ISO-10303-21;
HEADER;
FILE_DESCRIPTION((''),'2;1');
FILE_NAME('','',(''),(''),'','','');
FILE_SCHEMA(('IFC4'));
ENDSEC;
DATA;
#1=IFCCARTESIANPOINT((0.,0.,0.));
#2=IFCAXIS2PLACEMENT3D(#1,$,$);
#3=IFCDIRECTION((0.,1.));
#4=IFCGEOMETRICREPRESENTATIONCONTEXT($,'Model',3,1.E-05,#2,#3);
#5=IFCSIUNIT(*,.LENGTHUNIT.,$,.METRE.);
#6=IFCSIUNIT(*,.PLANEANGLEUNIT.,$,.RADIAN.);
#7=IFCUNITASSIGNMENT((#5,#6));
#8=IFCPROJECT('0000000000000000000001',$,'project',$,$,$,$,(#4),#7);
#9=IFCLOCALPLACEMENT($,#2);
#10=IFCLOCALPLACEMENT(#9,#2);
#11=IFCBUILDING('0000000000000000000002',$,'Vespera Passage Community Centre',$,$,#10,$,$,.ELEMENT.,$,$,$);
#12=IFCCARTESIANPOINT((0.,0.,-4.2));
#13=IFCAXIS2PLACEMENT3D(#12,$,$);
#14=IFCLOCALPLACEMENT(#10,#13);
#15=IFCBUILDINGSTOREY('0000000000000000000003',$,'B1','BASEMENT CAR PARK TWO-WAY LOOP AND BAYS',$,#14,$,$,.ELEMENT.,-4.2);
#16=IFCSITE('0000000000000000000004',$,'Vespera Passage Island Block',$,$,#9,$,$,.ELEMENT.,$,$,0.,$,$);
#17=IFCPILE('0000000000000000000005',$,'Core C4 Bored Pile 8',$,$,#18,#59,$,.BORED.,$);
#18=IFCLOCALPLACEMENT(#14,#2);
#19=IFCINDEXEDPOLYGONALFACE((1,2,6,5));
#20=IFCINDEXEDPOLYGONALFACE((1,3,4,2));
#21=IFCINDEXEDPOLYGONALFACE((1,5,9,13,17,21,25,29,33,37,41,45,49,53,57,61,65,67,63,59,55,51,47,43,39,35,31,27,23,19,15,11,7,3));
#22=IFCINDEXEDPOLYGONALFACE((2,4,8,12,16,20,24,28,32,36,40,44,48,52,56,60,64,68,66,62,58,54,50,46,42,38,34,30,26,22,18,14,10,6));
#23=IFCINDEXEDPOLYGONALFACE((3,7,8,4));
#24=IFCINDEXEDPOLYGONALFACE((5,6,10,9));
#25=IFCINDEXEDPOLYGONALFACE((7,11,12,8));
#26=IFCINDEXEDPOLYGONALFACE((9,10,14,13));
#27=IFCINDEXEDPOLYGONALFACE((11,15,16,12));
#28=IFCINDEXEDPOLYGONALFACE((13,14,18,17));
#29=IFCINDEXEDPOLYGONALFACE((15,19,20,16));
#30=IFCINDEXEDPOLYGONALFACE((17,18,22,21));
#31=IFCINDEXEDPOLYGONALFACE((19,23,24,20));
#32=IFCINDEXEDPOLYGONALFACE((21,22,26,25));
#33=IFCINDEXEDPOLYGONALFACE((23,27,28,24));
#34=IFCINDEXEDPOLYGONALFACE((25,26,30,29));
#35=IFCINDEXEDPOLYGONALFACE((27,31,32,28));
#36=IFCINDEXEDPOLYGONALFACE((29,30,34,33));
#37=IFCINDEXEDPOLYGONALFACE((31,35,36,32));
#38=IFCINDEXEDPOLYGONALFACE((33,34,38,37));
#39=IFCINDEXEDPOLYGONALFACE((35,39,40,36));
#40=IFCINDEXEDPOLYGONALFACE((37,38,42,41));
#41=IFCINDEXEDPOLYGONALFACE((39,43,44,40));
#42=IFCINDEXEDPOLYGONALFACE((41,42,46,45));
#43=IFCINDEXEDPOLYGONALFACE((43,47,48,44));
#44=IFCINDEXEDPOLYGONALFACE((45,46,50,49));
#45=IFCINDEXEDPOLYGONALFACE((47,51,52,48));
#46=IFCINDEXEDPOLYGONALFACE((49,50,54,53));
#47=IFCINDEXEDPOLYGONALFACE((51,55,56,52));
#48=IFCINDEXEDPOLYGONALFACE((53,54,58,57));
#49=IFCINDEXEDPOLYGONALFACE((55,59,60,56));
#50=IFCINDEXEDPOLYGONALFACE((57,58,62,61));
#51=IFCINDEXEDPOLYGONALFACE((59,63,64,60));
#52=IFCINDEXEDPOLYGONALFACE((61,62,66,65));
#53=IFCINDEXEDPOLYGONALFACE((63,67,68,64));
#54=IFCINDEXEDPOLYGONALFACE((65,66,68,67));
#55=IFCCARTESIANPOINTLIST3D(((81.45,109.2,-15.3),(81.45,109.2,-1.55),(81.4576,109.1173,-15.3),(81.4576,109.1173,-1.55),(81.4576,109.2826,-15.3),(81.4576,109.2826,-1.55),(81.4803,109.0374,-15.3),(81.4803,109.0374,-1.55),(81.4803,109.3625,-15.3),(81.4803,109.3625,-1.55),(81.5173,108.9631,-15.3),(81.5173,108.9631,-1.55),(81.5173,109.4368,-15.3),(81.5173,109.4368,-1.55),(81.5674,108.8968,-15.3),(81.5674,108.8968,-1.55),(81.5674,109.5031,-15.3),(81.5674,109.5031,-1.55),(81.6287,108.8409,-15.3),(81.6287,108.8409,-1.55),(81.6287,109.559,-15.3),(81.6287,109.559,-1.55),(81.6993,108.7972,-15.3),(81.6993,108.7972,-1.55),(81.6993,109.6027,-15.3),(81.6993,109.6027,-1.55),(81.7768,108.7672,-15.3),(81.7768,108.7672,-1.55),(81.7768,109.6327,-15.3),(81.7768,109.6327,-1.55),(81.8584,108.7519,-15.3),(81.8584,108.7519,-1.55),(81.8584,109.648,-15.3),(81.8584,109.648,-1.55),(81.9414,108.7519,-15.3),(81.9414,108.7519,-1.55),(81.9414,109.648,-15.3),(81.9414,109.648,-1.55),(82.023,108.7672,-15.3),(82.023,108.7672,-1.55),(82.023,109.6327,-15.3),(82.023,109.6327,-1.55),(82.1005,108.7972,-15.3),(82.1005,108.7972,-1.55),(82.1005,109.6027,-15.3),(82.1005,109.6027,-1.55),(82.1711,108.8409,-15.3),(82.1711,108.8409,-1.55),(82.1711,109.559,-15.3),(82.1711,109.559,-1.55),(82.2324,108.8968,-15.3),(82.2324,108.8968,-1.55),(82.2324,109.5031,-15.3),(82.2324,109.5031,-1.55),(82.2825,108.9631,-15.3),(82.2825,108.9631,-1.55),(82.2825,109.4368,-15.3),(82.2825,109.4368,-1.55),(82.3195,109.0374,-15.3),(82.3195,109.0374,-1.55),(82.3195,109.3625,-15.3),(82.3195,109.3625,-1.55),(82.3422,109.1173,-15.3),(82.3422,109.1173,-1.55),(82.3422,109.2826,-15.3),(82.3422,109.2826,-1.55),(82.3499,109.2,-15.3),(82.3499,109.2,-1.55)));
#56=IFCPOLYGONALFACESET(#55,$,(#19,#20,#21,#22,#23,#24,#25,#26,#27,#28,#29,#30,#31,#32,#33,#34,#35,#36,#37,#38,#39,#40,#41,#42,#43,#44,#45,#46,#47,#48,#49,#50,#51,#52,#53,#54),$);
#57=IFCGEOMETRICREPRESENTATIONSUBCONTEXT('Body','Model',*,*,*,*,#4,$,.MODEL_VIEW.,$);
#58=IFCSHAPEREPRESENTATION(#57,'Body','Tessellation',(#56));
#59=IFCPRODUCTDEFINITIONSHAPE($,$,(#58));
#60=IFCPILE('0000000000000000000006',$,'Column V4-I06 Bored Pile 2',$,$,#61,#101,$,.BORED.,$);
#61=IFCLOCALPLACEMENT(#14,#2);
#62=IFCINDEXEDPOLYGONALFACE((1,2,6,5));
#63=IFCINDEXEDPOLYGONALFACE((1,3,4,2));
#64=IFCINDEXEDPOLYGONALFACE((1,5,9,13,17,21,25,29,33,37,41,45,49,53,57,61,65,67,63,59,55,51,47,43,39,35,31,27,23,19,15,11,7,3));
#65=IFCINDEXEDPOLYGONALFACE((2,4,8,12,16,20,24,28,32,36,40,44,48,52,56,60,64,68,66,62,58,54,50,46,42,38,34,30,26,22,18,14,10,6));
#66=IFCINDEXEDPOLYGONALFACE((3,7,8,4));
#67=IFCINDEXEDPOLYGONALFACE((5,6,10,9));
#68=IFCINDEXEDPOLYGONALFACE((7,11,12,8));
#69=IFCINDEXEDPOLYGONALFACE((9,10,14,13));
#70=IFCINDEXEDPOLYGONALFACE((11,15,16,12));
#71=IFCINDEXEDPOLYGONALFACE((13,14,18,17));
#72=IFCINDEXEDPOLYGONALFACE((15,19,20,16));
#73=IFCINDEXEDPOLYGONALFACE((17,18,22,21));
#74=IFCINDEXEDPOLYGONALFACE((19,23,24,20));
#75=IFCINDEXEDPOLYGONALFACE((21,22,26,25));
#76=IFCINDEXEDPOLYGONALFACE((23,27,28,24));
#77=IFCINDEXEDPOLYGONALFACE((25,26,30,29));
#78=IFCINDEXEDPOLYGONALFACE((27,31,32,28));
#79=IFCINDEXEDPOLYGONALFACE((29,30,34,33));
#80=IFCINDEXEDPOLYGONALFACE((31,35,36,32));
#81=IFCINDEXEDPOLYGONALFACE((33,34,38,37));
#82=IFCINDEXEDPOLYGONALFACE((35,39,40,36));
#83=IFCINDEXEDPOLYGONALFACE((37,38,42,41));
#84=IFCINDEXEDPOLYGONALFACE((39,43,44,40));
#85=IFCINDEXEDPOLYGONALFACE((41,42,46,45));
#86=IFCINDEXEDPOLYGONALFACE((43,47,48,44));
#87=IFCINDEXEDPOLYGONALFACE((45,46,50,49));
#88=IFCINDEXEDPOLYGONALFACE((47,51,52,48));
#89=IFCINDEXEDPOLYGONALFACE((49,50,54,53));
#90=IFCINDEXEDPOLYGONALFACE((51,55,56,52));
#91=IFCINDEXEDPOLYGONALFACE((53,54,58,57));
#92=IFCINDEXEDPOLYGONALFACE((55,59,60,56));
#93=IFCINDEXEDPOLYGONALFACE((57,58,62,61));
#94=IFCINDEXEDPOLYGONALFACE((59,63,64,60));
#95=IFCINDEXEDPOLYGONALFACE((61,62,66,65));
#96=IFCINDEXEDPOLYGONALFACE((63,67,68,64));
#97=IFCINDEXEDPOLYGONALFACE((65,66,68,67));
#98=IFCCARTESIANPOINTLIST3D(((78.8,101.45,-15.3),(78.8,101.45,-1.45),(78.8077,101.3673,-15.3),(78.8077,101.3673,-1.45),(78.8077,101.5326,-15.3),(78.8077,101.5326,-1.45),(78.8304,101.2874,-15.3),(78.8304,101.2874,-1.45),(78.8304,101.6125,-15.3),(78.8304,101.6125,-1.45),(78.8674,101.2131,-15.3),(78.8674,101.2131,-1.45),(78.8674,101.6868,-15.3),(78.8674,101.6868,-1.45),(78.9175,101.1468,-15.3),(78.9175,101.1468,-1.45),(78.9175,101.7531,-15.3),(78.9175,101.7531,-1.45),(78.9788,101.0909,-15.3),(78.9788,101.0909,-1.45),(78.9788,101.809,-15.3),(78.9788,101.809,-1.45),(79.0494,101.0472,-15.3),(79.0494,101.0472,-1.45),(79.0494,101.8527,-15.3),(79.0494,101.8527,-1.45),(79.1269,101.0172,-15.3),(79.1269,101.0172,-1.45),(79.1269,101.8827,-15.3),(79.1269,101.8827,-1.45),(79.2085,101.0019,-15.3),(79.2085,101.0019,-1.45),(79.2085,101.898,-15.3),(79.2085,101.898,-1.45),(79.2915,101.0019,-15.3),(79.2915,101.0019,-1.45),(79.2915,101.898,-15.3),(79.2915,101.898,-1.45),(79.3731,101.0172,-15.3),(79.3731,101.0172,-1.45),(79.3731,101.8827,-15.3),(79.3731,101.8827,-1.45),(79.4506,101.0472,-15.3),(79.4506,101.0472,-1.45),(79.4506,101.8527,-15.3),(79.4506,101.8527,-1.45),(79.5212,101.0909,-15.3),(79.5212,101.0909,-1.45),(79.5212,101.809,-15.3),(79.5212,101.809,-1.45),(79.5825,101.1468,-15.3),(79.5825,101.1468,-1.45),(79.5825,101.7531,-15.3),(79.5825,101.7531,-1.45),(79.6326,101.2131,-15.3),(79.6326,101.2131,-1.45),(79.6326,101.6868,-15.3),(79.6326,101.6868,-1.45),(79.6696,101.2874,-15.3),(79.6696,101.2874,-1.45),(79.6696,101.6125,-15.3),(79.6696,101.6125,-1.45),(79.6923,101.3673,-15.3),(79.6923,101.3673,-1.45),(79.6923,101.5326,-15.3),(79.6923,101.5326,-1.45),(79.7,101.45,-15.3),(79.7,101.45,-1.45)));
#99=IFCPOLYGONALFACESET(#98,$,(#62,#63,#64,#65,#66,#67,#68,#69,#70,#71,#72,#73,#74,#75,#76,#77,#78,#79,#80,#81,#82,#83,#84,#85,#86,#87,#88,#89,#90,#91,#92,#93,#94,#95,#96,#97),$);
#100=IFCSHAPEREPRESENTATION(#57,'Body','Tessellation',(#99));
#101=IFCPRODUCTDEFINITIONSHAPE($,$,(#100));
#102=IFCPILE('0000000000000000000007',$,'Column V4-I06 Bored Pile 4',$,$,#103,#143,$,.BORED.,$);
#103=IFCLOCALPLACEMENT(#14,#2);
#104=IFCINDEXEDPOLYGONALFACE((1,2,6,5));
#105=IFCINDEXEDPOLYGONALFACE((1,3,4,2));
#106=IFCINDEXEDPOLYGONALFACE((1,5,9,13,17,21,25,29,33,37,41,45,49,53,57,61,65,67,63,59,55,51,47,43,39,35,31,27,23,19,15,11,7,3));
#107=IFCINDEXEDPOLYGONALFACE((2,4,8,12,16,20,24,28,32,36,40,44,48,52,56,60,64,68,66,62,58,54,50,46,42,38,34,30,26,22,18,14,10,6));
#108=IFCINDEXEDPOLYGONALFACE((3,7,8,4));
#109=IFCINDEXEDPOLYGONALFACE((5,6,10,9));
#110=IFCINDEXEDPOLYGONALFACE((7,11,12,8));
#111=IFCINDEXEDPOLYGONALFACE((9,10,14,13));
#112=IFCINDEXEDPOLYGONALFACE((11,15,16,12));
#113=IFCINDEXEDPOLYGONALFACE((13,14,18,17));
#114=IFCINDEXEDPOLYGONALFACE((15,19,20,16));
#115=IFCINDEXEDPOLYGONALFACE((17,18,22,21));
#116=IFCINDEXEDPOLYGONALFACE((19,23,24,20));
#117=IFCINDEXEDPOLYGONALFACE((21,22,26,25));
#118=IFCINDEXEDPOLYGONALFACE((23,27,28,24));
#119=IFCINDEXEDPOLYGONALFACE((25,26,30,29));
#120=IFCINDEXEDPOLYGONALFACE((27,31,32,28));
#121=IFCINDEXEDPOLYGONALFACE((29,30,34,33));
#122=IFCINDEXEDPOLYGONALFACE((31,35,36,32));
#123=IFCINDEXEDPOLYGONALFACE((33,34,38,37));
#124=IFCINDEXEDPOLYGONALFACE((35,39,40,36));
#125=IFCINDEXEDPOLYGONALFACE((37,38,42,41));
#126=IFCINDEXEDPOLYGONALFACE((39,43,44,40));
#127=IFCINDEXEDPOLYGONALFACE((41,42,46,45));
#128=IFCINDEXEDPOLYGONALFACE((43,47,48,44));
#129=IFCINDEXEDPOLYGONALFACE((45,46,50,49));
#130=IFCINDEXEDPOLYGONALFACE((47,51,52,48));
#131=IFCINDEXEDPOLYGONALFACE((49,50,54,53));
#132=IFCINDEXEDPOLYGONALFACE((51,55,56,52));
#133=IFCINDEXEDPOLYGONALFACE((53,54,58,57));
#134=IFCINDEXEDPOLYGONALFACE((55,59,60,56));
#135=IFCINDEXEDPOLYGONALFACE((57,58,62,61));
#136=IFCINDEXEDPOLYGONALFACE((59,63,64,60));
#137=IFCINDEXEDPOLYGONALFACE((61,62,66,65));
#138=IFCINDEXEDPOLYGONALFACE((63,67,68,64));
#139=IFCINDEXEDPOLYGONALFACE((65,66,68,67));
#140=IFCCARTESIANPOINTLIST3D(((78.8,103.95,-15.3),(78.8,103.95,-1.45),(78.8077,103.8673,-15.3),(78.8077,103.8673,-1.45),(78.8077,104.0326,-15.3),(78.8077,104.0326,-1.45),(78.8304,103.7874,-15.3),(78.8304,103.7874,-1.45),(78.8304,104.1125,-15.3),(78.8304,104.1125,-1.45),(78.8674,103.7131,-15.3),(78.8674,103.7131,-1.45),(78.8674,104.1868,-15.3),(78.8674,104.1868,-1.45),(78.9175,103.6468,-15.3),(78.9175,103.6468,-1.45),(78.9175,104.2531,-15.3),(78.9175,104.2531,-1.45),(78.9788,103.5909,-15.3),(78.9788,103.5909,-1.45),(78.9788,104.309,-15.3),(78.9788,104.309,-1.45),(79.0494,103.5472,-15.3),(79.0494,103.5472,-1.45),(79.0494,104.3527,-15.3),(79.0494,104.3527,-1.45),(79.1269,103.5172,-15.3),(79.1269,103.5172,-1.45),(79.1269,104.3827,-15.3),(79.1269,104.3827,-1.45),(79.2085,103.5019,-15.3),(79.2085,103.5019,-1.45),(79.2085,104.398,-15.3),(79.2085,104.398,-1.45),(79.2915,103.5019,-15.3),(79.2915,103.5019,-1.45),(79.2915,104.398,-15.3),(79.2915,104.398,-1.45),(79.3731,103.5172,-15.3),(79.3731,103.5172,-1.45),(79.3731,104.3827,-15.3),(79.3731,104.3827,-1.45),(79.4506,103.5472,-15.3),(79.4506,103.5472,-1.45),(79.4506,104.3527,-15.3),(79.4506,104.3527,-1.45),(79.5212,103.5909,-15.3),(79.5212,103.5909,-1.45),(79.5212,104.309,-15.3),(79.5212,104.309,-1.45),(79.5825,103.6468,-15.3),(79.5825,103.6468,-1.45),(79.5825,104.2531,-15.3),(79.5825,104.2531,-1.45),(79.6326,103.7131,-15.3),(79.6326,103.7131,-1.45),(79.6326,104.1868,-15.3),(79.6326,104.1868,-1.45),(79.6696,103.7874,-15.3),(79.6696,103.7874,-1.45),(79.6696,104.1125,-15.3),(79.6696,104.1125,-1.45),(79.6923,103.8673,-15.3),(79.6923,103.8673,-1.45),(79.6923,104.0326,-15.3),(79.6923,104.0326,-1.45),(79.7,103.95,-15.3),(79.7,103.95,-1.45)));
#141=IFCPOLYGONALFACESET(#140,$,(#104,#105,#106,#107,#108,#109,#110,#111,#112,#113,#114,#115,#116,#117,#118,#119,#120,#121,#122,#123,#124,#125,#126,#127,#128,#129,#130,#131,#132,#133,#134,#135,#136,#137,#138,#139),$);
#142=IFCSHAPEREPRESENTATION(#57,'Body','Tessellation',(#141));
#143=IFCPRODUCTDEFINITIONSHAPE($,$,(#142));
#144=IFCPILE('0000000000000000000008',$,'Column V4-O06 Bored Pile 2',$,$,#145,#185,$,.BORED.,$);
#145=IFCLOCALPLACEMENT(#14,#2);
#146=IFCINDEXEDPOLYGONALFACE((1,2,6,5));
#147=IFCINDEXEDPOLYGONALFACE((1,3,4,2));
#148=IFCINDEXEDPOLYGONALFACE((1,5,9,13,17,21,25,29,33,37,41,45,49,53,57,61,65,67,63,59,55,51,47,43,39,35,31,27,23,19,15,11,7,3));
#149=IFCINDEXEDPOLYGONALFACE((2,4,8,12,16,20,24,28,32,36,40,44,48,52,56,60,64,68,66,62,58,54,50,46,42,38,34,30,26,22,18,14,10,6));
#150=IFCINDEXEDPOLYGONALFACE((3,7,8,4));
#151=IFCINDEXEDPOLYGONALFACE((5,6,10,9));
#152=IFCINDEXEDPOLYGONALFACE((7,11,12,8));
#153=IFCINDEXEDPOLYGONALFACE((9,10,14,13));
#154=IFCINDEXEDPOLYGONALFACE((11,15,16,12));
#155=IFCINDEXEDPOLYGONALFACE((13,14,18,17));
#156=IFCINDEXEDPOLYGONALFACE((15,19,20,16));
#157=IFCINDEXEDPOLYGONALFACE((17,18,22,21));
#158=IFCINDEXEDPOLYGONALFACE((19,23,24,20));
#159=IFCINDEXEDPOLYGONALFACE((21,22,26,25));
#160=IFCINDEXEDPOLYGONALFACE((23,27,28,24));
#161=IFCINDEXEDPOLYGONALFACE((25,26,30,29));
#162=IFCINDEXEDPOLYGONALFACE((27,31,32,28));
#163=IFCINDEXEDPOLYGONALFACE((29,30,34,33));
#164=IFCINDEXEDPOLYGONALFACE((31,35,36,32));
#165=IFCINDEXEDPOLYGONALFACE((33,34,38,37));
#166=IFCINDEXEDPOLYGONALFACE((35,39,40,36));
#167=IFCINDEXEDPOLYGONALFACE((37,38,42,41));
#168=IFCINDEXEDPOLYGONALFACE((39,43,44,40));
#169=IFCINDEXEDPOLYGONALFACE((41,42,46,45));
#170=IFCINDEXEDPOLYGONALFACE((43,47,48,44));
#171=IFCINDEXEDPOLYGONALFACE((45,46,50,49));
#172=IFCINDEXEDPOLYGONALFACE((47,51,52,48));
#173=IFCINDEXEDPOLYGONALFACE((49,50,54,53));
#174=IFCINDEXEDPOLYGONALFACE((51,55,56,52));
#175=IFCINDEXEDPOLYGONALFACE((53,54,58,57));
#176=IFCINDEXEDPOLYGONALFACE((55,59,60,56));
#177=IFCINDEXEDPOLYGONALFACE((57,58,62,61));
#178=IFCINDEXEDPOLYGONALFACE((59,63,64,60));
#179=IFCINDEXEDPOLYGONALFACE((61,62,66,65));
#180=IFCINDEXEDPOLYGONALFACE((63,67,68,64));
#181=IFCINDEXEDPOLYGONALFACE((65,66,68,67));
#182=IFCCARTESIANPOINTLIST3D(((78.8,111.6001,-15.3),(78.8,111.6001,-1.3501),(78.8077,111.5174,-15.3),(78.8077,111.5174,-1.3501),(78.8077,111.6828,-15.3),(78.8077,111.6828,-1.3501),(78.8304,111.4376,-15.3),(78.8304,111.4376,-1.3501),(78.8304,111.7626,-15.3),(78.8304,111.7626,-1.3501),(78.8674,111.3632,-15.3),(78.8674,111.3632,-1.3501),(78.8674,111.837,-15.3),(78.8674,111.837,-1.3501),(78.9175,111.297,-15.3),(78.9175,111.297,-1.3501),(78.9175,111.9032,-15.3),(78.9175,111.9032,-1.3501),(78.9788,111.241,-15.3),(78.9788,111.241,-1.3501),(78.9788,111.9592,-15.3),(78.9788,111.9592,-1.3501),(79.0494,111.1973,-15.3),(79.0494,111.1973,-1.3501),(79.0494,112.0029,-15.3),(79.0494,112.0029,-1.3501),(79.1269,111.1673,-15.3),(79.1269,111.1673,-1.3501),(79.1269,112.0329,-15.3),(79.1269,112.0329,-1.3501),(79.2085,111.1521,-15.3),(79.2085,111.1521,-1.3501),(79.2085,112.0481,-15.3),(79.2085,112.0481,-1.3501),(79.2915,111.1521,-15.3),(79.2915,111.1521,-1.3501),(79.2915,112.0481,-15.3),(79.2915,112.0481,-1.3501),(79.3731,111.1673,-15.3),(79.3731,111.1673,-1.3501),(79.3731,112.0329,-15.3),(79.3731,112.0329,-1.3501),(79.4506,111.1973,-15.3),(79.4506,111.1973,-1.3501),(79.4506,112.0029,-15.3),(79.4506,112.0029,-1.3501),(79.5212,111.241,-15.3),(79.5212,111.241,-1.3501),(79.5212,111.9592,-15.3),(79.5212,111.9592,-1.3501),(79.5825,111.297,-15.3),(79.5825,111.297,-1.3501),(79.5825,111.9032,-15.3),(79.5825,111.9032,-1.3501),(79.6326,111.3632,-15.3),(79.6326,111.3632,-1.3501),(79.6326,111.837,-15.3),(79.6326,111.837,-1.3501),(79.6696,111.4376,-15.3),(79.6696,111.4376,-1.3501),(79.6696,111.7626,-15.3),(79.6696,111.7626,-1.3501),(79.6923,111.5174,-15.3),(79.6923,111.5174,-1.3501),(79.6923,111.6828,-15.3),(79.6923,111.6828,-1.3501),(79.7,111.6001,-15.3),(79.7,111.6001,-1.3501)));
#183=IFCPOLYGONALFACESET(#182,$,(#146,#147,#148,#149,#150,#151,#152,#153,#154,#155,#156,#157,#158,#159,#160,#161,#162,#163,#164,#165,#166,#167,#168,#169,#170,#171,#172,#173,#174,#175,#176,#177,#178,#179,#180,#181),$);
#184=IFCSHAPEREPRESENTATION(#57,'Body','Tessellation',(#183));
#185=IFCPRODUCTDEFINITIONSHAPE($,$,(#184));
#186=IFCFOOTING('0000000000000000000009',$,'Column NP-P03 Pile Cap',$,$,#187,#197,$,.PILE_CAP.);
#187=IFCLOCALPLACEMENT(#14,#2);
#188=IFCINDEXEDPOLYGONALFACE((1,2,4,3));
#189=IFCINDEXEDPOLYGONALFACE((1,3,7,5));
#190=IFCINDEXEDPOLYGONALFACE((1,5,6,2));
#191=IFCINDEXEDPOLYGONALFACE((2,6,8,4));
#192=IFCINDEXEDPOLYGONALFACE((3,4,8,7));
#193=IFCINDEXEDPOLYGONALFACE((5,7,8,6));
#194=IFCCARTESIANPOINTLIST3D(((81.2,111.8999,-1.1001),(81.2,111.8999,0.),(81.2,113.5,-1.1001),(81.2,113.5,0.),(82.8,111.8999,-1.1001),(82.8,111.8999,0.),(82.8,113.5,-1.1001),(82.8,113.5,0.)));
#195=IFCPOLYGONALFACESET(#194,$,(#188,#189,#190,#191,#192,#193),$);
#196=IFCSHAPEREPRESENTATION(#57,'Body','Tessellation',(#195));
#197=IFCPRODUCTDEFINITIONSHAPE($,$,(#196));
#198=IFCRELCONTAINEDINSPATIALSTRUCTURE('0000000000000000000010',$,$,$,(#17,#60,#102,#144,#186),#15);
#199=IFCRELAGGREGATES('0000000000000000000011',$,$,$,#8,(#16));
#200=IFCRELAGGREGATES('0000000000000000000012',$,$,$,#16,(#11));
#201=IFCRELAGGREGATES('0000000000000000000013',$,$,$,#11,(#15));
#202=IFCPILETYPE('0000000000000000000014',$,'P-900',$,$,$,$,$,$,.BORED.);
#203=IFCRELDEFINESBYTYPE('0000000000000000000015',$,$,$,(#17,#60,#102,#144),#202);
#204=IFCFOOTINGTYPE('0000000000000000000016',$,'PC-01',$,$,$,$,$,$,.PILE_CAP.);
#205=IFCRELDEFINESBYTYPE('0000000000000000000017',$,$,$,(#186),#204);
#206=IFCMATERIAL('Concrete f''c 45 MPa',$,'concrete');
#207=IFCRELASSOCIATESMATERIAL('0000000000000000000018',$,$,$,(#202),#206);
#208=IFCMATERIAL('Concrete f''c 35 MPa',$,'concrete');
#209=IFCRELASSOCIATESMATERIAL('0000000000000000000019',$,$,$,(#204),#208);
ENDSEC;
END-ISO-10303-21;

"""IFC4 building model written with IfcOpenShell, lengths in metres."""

from ifc_helpers import new_model, si_unit, direction, frame, origin, origin_2d, place, context, subcontext, project, spatial, rectangle, circle, extrude, material, material_profile, profile_set, type_object, element, save


model = new_model("IFC4")

# Units and contexts
model_context = context("Model", 3, precision=1e-05, world=origin(), true_north=direction((0.0, 1.0)))
body_context = subcontext(model_context, "Body", "Model", "MODEL_VIEW")
ifc_project = project(units=[si_unit("LENGTHUNIT", "METRE"), si_unit("PLANEANGLEUNIT", "RADIAN")], contexts=[model_context])

# Site, building, storey
site_placement = place(None, origin())
site = spatial("IfcSite", under=ifc_project, at=site_placement, Name="Vespera Passage Island Block", CompositionType="ELEMENT", RefElevation=0.0)
building_placement = place(site_placement, origin())
building = spatial("IfcBuilding", under=site, at=building_placement, Name="Vespera Passage Community Centre", CompositionType="ELEMENT")
storey_placement = place(building_placement, frame((0.0, 0.0, -4.2)))
storey = spatial("IfcBuildingStorey", under=building, at=storey_placement, Name="B1", Description="BASEMENT CAR PARK TWO-WAY LOOP AND BAYS", CompositionType="ELEMENT", Elevation=-4.2)

# Piles
ifc_material_1 = material(Name="Concrete f'c 45 MPa", Category="concrete")
ifc_material_profile_1 = material_profile(ifc_material_1, circle(Radius=0.45, at=origin_2d()), Name="PILE900DIA")
ifc_profile_set_1 = profile_set([ifc_material_profile_1], Name="Concrete f'c 45 MPa")
pile_type_1 = type_object("IfcPileType", Name="P-900", PredefinedType="BORED", material=ifc_profile_set_1)
for number, where, z_axis, x_axis, name in (
    (1, (81.8999, 109.2, -1.55), (0.0, 0.0, -1.0), (1.0, 0.0, 0.0), "Core C4 Bored Pile 8"),
):
    element("IfcPile", number, at=place(storey_placement, frame(where, z_axis=z_axis, x_axis=x_axis)), inside=storey, type_object=pile_type_1, Name=name, PredefinedType="BORED", context=body_context, shape_type="SweptSolid", body=[
        extrude(circle(Radius=0.45, at=origin_2d()), origin(), (0.0, 0.0, 1.0), 13.75),
    ])
for number, where, z_axis, x_axis, name in (
    (2, (79.25, 101.45, -1.45), (0.0, 0.0, -1.0), (1.0, 0.0, 0.0), "Column V4-I06 Bored Pile 2"),
    (3, (79.25, 103.95, -1.45), (0.0, 0.0, -1.0), (1.0, 0.0, 0.0), "Column V4-I06 Bored Pile 4"),
):
    element("IfcPile", number, at=place(storey_placement, frame(where, z_axis=z_axis, x_axis=x_axis)), inside=storey, type_object=pile_type_1, Name=name, PredefinedType="BORED", context=body_context, shape_type="SweptSolid", body=[
        extrude(circle(Radius=0.45, at=origin_2d()), origin(), (0.0, 0.0, 1.0), 13.8501),
    ])
pile_1_placement = place(storey_placement, frame((79.25, 111.6001, -1.3501), z_axis=(0.0, 0.0, -1.0), x_axis=(1.0, 0.0, 0.0)))
element("IfcPile", 4, at=pile_1_placement, inside=storey, type_object=pile_type_1, Name="Column V4-O06 Bored Pile 2", PredefinedType="BORED", context=body_context, shape_type="SweptSolid", body=[
    extrude(circle(Radius=0.45, at=origin_2d()), origin(), (0.0, 0.0, 1.0), 13.95),
])

# Footing
ifc_material_2 = material(Name="Concrete f'c 35 MPa", Category="concrete")
footing_type = type_object("IfcFootingType", Name="PC-01", PredefinedType="PILE_CAP", material=ifc_material_2)
footing_placement = place(storey_placement, frame((82.0, 112.7, -1.1001), z_axis=(0.0, 0.0, 1.0), x_axis=(1.0, 0.0, 0.0)))
element("IfcFooting", 5, at=footing_placement, inside=storey, type_object=footing_type, Name="Column NP-P03 Pile Cap", PredefinedType="PILE_CAP", context=body_context, shape_type="SweptSolid", body=[
    extrude(rectangle(XDim=1.6001, YDim=1.6001, at=origin_2d()), origin(), (0.0, 0.0, 1.0), 1.1001),
])

save(model, "model.ifc")
